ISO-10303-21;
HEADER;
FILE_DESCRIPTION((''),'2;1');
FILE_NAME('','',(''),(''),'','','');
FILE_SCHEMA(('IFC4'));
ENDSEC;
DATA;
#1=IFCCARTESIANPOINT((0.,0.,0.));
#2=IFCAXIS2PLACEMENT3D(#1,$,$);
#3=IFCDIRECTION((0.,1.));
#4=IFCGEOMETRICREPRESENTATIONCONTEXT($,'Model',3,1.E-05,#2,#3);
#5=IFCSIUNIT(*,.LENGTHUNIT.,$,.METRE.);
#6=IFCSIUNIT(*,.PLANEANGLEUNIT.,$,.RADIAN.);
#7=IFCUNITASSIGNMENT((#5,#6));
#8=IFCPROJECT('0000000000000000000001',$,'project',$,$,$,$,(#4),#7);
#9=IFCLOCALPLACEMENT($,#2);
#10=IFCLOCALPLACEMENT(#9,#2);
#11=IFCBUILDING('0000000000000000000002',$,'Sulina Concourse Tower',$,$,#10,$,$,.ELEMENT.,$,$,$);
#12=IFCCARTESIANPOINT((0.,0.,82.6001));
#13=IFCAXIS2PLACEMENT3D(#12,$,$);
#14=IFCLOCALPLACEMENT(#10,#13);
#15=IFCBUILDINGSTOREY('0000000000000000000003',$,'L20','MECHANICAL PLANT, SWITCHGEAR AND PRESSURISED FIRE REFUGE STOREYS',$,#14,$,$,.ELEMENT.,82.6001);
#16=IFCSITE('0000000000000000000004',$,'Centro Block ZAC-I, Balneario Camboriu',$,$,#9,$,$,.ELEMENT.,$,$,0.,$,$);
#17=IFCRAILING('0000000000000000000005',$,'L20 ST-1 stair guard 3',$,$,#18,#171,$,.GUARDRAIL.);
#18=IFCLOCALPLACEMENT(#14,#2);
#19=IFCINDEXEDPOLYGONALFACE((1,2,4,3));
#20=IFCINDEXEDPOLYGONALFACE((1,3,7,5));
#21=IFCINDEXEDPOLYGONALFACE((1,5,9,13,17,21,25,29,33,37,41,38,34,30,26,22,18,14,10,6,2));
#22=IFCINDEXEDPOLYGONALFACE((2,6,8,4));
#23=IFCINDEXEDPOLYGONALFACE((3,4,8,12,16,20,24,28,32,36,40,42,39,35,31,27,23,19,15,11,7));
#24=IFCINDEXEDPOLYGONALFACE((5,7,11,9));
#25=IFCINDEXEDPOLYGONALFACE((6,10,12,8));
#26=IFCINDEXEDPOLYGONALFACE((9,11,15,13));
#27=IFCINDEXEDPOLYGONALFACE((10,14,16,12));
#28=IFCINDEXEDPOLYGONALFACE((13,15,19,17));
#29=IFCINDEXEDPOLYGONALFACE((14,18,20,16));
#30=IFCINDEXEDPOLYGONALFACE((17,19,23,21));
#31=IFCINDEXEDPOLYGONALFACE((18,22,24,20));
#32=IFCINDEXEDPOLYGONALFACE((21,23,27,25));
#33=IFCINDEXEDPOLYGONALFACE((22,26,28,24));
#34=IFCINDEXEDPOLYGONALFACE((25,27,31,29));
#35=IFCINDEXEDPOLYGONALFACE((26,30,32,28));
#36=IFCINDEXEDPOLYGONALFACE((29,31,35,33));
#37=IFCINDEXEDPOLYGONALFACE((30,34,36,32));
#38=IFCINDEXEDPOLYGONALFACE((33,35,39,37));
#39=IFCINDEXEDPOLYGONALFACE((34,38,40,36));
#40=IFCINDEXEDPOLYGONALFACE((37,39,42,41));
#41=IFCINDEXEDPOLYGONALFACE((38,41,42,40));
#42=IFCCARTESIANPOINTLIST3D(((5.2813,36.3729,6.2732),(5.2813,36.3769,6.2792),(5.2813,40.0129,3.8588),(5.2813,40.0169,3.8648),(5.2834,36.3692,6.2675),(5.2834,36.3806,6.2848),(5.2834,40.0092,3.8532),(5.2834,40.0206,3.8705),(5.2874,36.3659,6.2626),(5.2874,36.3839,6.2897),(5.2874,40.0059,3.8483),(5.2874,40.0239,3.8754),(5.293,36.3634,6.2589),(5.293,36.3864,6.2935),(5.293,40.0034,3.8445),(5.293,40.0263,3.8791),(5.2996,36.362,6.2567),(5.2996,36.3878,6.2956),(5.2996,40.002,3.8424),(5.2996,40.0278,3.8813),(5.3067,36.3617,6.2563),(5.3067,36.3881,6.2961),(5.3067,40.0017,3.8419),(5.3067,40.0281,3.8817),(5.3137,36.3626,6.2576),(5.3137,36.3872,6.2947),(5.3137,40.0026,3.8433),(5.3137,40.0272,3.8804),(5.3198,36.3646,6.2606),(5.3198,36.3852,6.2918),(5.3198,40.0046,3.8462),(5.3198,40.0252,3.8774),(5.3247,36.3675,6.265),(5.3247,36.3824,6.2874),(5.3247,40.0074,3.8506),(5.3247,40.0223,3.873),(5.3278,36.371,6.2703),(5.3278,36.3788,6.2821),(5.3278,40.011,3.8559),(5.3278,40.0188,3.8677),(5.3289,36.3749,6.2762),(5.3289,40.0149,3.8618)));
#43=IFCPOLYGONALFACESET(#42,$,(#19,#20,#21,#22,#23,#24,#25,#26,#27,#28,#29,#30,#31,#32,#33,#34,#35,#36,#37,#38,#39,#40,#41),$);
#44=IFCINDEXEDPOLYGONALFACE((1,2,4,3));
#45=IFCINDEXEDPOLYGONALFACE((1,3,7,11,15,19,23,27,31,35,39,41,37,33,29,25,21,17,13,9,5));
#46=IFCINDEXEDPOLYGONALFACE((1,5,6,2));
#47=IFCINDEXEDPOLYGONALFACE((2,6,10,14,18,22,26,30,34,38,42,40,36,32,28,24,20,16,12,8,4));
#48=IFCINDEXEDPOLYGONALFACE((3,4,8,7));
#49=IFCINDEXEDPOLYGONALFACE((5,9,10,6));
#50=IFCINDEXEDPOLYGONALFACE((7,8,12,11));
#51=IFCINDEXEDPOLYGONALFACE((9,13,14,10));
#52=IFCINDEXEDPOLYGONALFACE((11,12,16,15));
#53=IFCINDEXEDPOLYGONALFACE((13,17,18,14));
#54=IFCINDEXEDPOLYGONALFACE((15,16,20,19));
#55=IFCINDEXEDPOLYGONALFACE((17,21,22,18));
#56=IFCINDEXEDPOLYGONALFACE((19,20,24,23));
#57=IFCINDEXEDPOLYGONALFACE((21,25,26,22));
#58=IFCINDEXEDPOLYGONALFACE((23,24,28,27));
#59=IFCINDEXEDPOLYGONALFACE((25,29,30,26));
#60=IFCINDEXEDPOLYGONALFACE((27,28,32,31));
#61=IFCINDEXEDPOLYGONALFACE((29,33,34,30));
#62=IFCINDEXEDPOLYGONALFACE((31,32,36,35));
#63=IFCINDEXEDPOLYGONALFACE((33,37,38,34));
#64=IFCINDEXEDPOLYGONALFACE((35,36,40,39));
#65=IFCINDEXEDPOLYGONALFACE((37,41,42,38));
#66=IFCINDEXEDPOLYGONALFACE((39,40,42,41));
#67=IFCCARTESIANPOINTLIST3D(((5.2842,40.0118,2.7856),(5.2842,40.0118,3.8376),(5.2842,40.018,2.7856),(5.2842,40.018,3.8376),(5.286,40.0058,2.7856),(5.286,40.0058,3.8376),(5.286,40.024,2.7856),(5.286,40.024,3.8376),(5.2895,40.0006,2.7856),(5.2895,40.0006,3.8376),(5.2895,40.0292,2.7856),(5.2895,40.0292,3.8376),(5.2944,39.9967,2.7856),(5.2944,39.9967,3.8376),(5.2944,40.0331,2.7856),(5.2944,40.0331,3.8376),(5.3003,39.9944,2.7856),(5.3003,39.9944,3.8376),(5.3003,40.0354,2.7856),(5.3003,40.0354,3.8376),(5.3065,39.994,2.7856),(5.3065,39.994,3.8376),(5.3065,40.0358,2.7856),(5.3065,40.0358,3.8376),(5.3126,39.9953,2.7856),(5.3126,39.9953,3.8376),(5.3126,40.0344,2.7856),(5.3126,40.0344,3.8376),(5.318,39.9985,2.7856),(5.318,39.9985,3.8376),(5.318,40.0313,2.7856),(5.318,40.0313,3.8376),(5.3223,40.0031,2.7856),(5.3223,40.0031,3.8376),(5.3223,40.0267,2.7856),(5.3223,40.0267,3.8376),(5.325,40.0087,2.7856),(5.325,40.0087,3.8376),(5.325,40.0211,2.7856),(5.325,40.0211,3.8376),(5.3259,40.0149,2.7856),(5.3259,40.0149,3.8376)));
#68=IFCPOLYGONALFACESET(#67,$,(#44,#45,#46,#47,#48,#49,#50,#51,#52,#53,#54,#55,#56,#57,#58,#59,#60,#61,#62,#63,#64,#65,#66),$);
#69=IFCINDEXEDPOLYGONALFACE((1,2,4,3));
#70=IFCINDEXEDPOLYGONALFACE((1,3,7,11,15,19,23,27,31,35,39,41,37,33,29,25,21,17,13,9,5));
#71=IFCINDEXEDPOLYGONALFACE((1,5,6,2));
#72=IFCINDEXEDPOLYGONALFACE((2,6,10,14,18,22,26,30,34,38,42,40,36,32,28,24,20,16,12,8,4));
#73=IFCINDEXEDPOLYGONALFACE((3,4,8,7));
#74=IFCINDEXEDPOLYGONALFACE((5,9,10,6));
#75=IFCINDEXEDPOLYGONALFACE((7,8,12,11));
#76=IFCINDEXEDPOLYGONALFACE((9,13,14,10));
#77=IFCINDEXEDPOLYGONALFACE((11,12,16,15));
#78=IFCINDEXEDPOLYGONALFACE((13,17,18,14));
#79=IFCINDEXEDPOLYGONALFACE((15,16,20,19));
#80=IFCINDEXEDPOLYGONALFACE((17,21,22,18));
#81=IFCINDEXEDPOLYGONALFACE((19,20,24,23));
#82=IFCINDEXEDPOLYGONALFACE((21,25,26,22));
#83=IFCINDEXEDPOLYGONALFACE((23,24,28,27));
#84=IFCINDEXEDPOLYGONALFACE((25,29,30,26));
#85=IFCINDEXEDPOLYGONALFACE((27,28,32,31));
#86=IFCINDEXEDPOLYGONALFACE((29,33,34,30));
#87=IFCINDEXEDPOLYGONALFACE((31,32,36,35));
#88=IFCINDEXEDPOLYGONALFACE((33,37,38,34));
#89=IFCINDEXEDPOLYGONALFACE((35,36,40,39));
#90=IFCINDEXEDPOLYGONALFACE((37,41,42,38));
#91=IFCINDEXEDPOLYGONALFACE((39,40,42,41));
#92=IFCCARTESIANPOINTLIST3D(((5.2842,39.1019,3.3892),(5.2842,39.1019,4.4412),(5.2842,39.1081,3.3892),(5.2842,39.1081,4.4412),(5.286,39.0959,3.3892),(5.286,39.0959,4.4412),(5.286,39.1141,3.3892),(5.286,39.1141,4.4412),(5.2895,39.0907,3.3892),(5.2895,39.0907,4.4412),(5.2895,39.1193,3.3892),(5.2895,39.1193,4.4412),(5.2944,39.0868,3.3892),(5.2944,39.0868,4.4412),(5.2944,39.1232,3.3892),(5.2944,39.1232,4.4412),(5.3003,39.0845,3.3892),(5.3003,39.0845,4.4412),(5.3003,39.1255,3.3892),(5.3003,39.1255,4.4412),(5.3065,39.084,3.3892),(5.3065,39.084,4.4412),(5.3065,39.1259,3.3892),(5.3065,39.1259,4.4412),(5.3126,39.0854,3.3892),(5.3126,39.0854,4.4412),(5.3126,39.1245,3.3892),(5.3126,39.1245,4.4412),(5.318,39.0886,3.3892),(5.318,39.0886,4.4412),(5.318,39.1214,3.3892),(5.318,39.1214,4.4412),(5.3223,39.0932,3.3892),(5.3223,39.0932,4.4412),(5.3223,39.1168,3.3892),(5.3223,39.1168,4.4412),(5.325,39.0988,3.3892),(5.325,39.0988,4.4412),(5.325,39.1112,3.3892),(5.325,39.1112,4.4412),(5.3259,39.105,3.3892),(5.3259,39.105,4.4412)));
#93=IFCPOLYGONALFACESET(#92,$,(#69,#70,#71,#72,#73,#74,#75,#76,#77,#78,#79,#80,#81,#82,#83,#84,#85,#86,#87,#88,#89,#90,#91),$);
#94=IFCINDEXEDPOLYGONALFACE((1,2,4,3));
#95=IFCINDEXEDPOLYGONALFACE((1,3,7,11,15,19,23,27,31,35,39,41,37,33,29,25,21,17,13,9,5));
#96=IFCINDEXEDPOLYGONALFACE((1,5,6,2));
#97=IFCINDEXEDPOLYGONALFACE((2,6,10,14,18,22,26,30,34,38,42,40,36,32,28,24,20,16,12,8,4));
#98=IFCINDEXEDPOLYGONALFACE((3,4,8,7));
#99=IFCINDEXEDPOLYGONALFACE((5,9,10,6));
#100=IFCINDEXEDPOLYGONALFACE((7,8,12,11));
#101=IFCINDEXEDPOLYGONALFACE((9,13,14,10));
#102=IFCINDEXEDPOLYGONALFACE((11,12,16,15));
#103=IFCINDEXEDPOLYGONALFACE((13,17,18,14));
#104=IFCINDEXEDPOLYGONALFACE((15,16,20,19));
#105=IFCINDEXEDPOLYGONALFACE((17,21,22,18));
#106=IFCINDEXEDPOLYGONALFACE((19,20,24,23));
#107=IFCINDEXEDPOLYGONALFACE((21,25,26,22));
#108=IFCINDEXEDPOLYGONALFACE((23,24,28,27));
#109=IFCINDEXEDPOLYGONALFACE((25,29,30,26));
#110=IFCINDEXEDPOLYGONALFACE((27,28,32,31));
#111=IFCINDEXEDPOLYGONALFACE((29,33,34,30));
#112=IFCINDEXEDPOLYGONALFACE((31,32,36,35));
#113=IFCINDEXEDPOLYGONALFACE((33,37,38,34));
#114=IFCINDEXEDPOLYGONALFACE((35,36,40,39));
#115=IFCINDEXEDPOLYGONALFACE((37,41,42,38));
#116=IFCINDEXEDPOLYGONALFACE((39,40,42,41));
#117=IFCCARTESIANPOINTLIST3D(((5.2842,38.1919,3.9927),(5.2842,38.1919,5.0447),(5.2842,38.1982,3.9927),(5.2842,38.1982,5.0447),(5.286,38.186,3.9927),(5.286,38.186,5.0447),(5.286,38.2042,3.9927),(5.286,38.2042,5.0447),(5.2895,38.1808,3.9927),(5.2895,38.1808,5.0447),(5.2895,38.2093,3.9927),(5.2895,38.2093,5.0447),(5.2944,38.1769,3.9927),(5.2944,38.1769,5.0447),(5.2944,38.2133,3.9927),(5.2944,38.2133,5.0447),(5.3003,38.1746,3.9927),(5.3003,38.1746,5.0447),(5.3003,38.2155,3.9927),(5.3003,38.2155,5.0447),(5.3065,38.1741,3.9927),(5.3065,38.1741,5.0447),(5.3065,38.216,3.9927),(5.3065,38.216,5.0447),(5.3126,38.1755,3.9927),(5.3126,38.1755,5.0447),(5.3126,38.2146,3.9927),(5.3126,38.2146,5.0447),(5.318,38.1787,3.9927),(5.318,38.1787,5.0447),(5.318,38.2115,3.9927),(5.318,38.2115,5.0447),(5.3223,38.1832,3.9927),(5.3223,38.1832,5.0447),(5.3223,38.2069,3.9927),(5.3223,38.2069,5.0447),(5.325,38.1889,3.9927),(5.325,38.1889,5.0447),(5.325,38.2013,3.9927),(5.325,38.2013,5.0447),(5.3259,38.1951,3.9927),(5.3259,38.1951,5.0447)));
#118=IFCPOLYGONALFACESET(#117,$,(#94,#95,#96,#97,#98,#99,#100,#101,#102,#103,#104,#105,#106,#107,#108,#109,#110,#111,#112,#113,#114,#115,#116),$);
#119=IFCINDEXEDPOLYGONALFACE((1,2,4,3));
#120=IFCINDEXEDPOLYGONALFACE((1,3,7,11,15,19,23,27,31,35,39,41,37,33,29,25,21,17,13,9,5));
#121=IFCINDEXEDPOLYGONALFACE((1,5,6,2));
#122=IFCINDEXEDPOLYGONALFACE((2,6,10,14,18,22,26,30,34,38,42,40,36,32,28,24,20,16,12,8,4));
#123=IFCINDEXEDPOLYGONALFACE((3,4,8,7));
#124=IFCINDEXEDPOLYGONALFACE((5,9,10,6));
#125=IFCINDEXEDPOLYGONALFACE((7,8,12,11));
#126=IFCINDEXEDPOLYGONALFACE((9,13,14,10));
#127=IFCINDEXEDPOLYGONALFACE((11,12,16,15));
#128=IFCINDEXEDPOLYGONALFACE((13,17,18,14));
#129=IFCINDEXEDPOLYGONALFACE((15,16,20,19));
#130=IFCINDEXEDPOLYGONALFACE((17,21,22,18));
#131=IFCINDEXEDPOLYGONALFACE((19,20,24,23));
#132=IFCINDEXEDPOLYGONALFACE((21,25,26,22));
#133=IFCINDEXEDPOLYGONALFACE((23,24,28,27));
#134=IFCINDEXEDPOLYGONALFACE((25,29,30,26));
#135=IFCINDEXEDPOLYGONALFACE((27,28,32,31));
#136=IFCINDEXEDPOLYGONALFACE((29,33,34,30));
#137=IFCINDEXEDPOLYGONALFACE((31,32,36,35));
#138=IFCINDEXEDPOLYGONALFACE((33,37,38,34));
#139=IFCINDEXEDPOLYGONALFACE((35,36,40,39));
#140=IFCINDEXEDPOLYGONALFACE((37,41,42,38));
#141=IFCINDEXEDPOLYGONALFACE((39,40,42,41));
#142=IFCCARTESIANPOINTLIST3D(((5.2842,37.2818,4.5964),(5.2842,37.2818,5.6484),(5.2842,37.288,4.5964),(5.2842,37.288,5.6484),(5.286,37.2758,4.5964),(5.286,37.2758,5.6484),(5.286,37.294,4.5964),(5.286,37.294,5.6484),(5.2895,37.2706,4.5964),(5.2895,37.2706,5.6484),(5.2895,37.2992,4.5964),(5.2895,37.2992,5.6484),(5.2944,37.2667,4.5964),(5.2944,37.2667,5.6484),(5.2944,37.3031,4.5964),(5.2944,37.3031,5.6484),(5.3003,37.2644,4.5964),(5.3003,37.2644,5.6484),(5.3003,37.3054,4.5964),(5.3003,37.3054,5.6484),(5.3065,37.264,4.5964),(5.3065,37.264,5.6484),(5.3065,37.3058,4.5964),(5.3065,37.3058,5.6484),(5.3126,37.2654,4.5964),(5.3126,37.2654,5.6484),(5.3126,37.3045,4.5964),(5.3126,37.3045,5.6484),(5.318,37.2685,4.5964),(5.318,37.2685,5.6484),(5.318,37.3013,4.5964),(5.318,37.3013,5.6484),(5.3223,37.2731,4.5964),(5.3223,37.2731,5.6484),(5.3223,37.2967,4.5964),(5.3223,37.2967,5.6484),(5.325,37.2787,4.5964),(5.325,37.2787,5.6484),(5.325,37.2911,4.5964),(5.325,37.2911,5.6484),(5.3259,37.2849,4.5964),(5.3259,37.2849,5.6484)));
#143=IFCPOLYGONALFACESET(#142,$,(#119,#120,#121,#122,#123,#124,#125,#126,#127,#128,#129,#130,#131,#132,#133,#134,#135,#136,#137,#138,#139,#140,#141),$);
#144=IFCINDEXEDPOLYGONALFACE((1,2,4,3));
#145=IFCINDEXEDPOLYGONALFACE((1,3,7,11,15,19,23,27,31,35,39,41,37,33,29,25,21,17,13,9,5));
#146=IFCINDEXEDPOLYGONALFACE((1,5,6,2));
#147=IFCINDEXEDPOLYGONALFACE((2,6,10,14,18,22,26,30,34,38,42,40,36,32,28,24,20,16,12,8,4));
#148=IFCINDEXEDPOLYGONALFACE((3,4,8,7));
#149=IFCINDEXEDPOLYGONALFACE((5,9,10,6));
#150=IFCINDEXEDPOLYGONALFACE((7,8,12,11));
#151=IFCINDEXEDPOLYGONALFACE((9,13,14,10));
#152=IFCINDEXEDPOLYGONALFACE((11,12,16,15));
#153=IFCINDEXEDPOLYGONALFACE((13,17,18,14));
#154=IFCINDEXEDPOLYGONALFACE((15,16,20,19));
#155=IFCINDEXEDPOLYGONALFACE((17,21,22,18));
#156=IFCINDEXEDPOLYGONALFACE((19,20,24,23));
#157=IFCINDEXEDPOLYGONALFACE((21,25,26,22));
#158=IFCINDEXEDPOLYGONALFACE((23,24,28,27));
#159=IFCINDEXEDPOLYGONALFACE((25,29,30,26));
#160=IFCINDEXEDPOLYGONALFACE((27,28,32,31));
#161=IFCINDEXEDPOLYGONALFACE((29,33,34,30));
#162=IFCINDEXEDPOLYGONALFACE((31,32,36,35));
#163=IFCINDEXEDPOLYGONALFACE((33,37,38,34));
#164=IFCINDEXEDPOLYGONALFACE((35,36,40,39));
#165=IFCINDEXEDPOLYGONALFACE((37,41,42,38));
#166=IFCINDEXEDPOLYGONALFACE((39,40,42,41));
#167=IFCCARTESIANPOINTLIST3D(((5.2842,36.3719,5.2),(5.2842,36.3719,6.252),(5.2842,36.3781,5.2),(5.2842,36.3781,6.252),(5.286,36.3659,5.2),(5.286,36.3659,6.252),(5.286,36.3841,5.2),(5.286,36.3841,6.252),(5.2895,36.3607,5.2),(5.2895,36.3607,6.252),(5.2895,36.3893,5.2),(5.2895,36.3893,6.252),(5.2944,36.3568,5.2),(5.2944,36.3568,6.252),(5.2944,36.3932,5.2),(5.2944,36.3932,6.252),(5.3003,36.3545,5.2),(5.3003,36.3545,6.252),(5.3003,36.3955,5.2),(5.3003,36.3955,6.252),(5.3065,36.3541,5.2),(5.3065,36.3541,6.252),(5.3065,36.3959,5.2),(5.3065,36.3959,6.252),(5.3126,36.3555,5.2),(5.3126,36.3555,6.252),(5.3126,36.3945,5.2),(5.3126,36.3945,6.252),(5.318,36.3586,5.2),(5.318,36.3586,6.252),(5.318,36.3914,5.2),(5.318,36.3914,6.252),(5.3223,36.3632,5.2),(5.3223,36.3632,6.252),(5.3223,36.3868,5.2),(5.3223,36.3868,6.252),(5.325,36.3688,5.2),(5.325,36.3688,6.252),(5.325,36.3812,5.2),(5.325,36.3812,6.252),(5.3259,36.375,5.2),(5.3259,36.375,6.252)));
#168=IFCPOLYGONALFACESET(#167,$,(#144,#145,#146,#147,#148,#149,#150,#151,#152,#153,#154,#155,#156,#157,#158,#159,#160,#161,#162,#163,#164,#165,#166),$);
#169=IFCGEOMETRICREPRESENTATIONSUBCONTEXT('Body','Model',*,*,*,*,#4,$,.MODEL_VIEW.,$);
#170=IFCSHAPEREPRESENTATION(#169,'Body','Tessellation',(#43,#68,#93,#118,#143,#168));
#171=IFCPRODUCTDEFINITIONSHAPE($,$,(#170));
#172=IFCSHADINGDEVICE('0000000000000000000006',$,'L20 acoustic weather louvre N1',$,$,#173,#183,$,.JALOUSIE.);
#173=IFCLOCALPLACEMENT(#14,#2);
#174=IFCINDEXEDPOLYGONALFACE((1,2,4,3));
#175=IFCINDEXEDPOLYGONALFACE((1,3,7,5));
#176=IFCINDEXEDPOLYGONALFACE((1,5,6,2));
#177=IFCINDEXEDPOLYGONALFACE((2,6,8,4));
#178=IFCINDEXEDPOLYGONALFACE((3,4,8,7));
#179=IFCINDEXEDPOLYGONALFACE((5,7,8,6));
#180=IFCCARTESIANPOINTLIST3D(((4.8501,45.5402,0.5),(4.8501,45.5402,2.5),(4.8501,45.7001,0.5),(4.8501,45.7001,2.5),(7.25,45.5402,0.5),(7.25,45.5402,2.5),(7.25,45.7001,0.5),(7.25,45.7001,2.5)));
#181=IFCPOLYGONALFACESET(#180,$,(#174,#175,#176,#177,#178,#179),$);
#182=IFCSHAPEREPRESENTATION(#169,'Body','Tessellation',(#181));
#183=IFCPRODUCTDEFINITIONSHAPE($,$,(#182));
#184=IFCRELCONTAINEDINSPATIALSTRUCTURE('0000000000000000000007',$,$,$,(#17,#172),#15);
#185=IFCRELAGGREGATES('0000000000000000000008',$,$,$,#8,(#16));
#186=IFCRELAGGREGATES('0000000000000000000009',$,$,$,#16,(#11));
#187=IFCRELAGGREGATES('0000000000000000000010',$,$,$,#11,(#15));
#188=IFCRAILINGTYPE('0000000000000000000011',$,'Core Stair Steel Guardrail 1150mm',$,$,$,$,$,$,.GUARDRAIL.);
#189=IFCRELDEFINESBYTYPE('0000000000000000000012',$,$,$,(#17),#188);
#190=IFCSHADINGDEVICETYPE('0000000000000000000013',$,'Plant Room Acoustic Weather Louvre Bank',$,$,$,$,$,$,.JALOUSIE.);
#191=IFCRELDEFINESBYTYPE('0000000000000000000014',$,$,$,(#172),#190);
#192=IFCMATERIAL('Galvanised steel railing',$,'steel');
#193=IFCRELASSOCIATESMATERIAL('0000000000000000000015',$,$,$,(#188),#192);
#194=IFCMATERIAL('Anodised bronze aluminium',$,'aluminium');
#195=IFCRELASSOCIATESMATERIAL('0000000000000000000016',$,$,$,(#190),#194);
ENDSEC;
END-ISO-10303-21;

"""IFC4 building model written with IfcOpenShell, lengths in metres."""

from ifc_helpers import new_model, si_unit, direction, frame, origin, origin_2d, place, context, subcontext, project, spatial, rectangle, circle, extrude, material, type_object, element, save


model = new_model("IFC4")

# Units and contexts
model_context = context("Model", 3, precision=1e-05, world=origin(), true_north=direction((0.0, 1.0)))
body_context = subcontext(model_context, "Body", "Model", "MODEL_VIEW")
ifc_project = project(units=[si_unit("LENGTHUNIT", "METRE"), si_unit("PLANEANGLEUNIT", "RADIAN")], contexts=[model_context])

# Site, building, storey
site_placement = place(None, origin())
site = spatial("IfcSite", under=ifc_project, at=site_placement, Name="Centro Block ZAC-I, Balneario Camboriu", CompositionType="ELEMENT", RefElevation=0.0)
building_placement = place(site_placement, origin())
building = spatial("IfcBuilding", under=site, at=building_placement, Name="Sulina Concourse Tower", CompositionType="ELEMENT")
storey_placement = place(building_placement, frame((0.0, 0.0, 82.6001)))
storey = spatial("IfcBuildingStorey", under=building, at=storey_placement, Name="L20", Description="MECHANICAL PLANT, SWITCHGEAR AND PRESSURISED FIRE REFUGE STOREYS", CompositionType="ELEMENT", Elevation=82.6001)

# Railing
ifc_material_1 = material(Name="Galvanised steel railing", Category="steel")
railing_type_1 = type_object("IfcRailingType", Name="Core Stair Steel Guardrail 1150mm", PredefinedType="GUARDRAIL", material=ifc_material_1)
railing_1_placement = place(storey_placement, frame((5.3049, 40.0149, 2.7856)))
element("IfcRailing", 1, at=railing_1_placement, inside=storey, type_object=railing_type_1, Name="L20 ST-1 stair guard 3", PredefinedType="GUARDRAIL", context=body_context, shape_type="SweptSolid", body=[
    extrude(circle(Radius=0.0239, at=origin_2d()), frame((0.0, 0.0, 1.0762), z_axis=(0.0, -0.833347, 0.552751), x_axis=(1.0, 0.0, 0.0)), (0.0, 0.0, 1.0), 4.3679),
    extrude(circle(Radius=0.021, at=origin_2d()), origin(), (0.0, 0.0, 1.0), 1.052),
    extrude(circle(Radius=0.021, at=origin_2d()), frame((0.0, -0.9099, 0.6035)), (0.0, 0.0, 1.0), 1.052),
    extrude(circle(Radius=0.021, at=origin_2d()), frame((0.0, -1.8198, 1.207)), (0.0, 0.0, 1.0), 1.052),
    extrude(circle(Radius=0.021, at=origin_2d()), frame((0.0, -2.73, 1.8108)), (0.0, 0.0, 1.0), 1.052),
    extrude(circle(Radius=0.021, at=origin_2d()), frame((0.0, -3.6399, 2.4143)), (0.0, 0.0, 1.0), 1.052),
])

# Shading device
ifc_material_2 = material(Name="Anodised bronze aluminium", Category="aluminium")
shading_device_type = type_object("IfcShadingDeviceType", Name="Plant Room Acoustic Weather Louvre Bank", PredefinedType="JALOUSIE", material=ifc_material_2)
shading_device_placement = place(storey_placement, frame((6.05, 45.6201, 0.5), z_axis=(0.0, 0.0, 1.0), x_axis=(1.0, 0.0, 0.0)))
element("IfcShadingDevice", 2, at=shading_device_placement, inside=storey, type_object=shading_device_type, Name="L20 acoustic weather louvre N1", PredefinedType="JALOUSIE", context=body_context, shape_type="SweptSolid", body=[
    extrude(rectangle(XDim=2.3999, YDim=0.1599, at=origin_2d()), origin(), (0.0, 0.0, 1.0), 2.0),
])

save(model, "model.ifc")
